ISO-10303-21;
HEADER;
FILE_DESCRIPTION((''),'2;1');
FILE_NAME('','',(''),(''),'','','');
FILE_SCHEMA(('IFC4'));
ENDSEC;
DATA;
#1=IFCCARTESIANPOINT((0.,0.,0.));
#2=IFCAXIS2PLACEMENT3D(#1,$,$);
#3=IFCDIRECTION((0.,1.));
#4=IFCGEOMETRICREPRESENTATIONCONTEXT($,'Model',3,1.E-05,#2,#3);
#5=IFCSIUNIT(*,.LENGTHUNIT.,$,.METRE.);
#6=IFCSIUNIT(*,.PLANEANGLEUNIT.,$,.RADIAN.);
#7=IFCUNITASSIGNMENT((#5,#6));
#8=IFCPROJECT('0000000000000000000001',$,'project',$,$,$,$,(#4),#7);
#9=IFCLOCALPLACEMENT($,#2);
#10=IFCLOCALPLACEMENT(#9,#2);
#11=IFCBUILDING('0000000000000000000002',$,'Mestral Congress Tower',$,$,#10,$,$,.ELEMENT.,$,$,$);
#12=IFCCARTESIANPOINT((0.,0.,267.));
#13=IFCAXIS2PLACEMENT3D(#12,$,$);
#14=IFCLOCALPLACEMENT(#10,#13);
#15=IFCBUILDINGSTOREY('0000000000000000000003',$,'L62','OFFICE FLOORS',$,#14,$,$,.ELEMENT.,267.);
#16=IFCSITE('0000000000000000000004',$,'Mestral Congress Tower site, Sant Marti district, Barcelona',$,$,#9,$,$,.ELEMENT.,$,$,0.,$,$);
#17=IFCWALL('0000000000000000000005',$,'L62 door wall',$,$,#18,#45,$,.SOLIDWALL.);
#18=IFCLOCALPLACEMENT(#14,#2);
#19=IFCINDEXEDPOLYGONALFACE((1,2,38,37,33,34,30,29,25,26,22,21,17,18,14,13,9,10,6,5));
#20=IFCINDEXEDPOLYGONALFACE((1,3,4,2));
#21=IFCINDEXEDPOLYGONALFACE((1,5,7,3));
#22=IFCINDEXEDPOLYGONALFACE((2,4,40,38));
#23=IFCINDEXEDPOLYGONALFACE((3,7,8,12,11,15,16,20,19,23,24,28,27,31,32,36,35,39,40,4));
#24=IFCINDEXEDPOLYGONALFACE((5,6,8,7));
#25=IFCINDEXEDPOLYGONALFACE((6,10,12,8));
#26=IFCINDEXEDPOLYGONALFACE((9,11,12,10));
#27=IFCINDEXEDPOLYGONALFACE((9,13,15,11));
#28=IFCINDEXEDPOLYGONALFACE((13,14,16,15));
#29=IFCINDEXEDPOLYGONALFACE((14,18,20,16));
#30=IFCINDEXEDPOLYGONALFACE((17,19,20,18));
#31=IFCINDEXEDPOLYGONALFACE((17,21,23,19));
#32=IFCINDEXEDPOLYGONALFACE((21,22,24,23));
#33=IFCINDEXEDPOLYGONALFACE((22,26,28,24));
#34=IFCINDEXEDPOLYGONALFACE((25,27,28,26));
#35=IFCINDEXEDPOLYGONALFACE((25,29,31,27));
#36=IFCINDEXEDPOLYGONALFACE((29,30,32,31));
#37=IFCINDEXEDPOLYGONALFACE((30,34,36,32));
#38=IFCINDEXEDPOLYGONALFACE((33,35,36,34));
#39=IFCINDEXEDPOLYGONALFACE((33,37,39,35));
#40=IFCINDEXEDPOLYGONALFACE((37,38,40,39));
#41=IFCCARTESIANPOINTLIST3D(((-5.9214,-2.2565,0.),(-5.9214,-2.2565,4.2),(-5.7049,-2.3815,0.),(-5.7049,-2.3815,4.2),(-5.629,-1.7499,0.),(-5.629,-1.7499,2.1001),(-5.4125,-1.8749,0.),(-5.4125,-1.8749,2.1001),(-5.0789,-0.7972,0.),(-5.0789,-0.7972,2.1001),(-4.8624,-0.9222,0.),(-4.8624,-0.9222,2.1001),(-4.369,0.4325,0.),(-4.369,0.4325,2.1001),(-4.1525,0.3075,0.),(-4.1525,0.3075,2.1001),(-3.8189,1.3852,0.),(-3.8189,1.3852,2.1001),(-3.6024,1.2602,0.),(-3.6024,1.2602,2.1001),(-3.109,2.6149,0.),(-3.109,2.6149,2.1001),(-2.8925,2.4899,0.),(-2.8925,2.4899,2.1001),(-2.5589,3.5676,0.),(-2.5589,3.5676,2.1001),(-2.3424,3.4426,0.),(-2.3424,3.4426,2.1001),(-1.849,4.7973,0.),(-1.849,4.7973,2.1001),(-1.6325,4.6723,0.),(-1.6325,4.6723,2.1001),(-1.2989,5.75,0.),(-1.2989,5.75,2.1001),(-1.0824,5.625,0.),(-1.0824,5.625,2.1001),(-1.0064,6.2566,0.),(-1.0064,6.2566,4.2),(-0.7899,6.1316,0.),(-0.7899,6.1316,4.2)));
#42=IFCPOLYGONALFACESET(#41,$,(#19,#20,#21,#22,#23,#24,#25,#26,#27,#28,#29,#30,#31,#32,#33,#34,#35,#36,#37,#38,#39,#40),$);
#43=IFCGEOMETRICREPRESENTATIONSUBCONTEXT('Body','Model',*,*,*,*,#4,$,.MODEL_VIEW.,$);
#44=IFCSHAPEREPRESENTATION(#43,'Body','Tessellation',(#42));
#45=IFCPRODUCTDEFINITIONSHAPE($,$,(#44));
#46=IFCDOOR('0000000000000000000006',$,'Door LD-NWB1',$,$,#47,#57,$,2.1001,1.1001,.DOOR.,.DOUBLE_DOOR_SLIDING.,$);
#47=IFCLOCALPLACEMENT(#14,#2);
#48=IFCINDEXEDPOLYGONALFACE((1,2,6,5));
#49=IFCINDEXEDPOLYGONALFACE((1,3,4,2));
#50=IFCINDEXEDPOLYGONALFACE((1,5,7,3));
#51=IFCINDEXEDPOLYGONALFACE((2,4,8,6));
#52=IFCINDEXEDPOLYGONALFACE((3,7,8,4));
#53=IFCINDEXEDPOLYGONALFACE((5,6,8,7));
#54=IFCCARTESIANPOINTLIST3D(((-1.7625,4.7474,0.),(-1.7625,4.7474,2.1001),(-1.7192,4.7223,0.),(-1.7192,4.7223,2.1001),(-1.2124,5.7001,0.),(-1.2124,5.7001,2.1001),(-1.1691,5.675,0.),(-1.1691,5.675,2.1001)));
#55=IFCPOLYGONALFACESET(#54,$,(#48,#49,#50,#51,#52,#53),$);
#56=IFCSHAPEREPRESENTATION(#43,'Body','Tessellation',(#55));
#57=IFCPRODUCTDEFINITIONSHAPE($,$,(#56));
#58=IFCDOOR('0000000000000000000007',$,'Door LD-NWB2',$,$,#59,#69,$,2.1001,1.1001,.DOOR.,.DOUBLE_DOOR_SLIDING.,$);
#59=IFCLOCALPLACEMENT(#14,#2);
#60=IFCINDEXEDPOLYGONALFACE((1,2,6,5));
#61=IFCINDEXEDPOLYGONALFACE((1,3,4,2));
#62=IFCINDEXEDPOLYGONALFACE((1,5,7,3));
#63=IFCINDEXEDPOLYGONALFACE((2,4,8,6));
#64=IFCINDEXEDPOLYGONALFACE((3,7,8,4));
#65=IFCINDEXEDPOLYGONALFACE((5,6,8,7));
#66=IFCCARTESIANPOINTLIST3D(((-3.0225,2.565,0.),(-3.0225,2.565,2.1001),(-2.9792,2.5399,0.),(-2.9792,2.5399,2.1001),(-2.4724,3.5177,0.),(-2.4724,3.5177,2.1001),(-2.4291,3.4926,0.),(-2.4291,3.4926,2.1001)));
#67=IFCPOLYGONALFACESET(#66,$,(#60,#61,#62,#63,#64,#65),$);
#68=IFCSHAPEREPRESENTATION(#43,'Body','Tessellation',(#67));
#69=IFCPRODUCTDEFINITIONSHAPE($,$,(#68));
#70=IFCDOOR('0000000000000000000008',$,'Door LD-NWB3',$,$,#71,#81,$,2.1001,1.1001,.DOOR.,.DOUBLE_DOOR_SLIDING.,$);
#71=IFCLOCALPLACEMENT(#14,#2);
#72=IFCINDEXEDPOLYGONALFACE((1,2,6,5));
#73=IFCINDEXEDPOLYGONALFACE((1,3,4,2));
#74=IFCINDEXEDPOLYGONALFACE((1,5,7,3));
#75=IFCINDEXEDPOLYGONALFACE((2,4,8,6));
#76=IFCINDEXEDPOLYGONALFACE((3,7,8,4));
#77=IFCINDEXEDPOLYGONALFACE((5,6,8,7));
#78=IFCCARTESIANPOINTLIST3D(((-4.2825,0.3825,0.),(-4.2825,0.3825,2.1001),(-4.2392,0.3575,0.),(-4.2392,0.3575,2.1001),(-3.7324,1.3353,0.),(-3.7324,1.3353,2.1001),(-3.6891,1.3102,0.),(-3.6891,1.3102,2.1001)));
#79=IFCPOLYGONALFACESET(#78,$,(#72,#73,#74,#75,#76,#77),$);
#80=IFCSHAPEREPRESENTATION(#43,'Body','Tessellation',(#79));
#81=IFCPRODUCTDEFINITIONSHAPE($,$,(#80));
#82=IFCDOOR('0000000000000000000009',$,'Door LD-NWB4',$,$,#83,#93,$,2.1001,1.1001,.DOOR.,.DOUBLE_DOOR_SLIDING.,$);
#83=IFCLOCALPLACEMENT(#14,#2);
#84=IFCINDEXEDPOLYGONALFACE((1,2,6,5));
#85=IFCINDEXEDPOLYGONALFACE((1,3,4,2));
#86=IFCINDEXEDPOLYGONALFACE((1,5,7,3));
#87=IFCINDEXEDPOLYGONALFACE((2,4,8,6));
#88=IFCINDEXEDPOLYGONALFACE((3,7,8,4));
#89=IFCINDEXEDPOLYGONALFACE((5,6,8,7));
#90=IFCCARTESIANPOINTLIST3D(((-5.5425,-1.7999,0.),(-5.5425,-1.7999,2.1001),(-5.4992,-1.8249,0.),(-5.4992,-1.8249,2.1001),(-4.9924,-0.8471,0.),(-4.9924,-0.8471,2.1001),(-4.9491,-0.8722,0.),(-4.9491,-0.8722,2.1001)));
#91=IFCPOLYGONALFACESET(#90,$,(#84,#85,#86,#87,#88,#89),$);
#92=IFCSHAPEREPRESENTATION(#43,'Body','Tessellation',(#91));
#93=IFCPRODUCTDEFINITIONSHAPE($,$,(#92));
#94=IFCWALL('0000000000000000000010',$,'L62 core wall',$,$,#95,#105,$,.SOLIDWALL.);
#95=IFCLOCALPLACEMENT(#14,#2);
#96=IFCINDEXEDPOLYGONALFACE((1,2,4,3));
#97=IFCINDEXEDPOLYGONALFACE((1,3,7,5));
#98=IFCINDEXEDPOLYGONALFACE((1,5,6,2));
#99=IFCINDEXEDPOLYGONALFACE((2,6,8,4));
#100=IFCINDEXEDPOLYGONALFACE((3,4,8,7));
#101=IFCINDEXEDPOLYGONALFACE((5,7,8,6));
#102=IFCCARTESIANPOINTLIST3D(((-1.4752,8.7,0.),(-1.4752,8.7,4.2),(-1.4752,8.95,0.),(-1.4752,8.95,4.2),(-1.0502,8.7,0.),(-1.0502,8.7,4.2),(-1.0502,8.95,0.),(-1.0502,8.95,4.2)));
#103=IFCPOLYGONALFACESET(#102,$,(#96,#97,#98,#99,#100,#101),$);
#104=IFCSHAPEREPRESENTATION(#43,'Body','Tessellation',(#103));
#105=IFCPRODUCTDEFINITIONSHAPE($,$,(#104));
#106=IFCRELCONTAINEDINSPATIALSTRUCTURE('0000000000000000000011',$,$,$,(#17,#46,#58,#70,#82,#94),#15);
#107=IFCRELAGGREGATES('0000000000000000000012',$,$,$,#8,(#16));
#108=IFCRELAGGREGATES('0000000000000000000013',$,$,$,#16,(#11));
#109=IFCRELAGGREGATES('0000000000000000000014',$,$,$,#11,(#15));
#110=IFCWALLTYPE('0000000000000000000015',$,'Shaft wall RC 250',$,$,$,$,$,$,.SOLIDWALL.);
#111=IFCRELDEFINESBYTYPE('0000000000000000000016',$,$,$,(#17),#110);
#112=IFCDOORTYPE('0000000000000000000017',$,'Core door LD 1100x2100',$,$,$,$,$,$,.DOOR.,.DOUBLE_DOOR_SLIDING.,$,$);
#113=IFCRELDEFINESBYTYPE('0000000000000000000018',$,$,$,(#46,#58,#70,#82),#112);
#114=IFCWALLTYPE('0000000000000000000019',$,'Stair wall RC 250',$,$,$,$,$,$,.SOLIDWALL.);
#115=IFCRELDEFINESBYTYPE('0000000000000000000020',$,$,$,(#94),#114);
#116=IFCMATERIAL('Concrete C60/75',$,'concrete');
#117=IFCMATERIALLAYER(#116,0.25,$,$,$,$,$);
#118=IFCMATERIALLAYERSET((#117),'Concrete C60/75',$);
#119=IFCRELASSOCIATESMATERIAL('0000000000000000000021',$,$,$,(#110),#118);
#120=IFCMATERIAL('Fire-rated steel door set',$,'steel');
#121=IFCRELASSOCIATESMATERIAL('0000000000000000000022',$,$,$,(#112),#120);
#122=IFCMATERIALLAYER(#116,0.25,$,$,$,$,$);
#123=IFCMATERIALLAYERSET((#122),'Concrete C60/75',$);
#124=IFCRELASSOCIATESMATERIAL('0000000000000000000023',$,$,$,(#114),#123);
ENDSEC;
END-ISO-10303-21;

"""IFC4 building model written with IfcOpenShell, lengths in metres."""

from ifc_helpers import new_model, si_unit, direction, frame, frame_2d, origin, place, context, subcontext, project, spatial, rectangle, extrude, material, layer, layer_set, type_object, element, fill, save


model = new_model("IFC4")

# Units and contexts
model_context = context("Model", 3, precision=1e-05, world=origin(), true_north=direction((0.0, 1.0)))
body_context = subcontext(model_context, "Body", "Model", "MODEL_VIEW")
ifc_project = project(units=[si_unit("LENGTHUNIT", "METRE"), si_unit("PLANEANGLEUNIT", "RADIAN")], contexts=[model_context])

# Site, building, storey
site_placement = place(None, origin())
site = spatial("IfcSite", under=ifc_project, at=site_placement, Name="Mestral Congress Tower site, Sant Marti district, Barcelona", CompositionType="ELEMENT", RefElevation=0.0)
building_placement = place(site_placement, origin())
building = spatial("IfcBuilding", under=site, at=building_placement, Name="Mestral Congress Tower", CompositionType="ELEMENT")
storey_placement = place(building_placement, frame((0.0, 0.0, 267.0)))
storey = spatial("IfcBuildingStorey", under=building, at=storey_placement, Name="L62", Description="OFFICE FLOORS", CompositionType="ELEMENT", Elevation=267.0)

# Shared definitions
ifc_material_1 = material(Name="Concrete C60/75", Category="concrete")

# Shared definitions
ifc_material_2 = material(Name="Fire-rated steel door set", Category="steel")

# Shared definitions
ifc_layer_1 = layer(ifc_material_1, 0.25)
ifc_layer_set_1 = layer_set([ifc_layer_1], Name="Concrete C60/75")
wall_type_1 = type_object("IfcWallType", Name="Shaft wall RC 250", PredefinedType="SOLIDWALL", material=ifc_layer_set_1)

# Wall, openings, doors
wall_1_placement = place(storey_placement, frame((-0.8982, 6.1941, 0.0), z_axis=(0.0, 0.0, 1.0), x_axis=(-0.499996, -0.866028, 0.0)))
wall_1 = element("IfcWall", 1, at=wall_1_placement, inside=storey, type_object=wall_type_1, Name="L62 door wall", PredefinedType="SOLIDWALL", context=body_context, shape_type="SweptSolid", body=[
    extrude(rectangle(XDim=9.8301, YDim=0.25, at=frame_2d((4.915, 0.0))), origin(), (0.0, 0.0, 1.0), 4.2),
])
opening_1_placement = place(wall_1_placement, frame((0.585, 0.0, 0.0)))
opening_1 = element("IfcOpeningElement", 2, at=opening_1_placement, cuts=wall_1, PredefinedType="OPENING", context=body_context, shape_type="SweptSolid", body=[
    extrude(rectangle(XDim=1.1001, YDim=2.1001, at=frame_2d((0.55, 1.05))), frame((0.0, 0.135, 0.0), z_axis=(0.0, -1.0, 0.0), x_axis=(1.0, 0.0, 0.0)), (0.0, 0.0, 1.0), 0.27),
])
opening_2_placement = place(wall_1_placement, frame((3.105, 0.0, 0.0)))
opening_2 = element("IfcOpeningElement", 3, at=opening_2_placement, cuts=wall_1, PredefinedType="OPENING", context=body_context, shape_type="SweptSolid", body=[
    extrude(rectangle(XDim=1.1001, YDim=2.1001, at=frame_2d((0.55, 1.05))), frame((0.0, 0.135, 0.0), z_axis=(0.0, -1.0, 0.0), x_axis=(1.0, 0.0, 0.0)), (0.0, 0.0, 1.0), 0.27),
])
opening_3_placement = place(wall_1_placement, frame((5.625, 0.0, 0.0)))
opening_3 = element("IfcOpeningElement", 4, at=opening_3_placement, cuts=wall_1, PredefinedType="OPENING", context=body_context, shape_type="SweptSolid", body=[
    extrude(rectangle(XDim=1.1001, YDim=2.1001, at=frame_2d((0.55, 1.05))), frame((0.0, 0.135, 0.0), z_axis=(0.0, -1.0, 0.0), x_axis=(1.0, 0.0, 0.0)), (0.0, 0.0, 1.0), 0.27),
])
opening_4_placement = place(wall_1_placement, frame((8.145, 0.0, 0.0)))
opening_4 = element("IfcOpeningElement", 5, at=opening_4_placement, cuts=wall_1, PredefinedType="OPENING", context=body_context, shape_type="SweptSolid", body=[
    extrude(rectangle(XDim=1.1001, YDim=2.1001, at=frame_2d((0.55, 1.05))), frame((0.0, 0.135, 0.0), z_axis=(0.0, -1.0, 0.0), x_axis=(1.0, 0.0, 0.0)), (0.0, 0.0, 1.0), 0.27),
])
door_type_1 = type_object("IfcDoorType", Name="Core door LD 1100x2100", OperationType="DOUBLE_DOOR_SLIDING", PredefinedType="DOOR", material=ifc_material_2)
door_1_placement = place(opening_1_placement, origin())
door_1 = element("IfcDoor", 6, at=door_1_placement, inside=storey, type_object=door_type_1, Name="Door LD-NWB1", OperationType="DOUBLE_DOOR_SLIDING", OverallHeight=2.1001, OverallWidth=1.1001, PredefinedType="DOOR", context=body_context, shape_type="SweptSolid", body=[
    extrude(rectangle(XDim=1.1001, YDim=2.1001, at=frame_2d((0.55, 1.05))), frame((0.0, 0.0249, 0.0), z_axis=(0.0, -1.0, 0.0), x_axis=(1.0, 0.0, 0.0)), (0.0, 0.0, 1.0), 0.05),
])
fill(opening_1, door_1)
door_2_placement = place(opening_2_placement, origin())
door_2 = element("IfcDoor", 7, at=door_2_placement, inside=storey, type_object=door_type_1, Name="Door LD-NWB2", OperationType="DOUBLE_DOOR_SLIDING", OverallHeight=2.1001, OverallWidth=1.1001, PredefinedType="DOOR", context=body_context, shape_type="SweptSolid", body=[
    extrude(rectangle(XDim=1.1001, YDim=2.1001, at=frame_2d((0.55, 1.05))), frame((0.0, 0.0249, 0.0), z_axis=(0.0, -1.0, 0.0), x_axis=(1.0, 0.0, 0.0)), (0.0, 0.0, 1.0), 0.05),
])
fill(opening_2, door_2)
door_3_placement = place(opening_3_placement, origin())
door_3 = element("IfcDoor", 8, at=door_3_placement, inside=storey, type_object=door_type_1, Name="Door LD-NWB3", OperationType="DOUBLE_DOOR_SLIDING", OverallHeight=2.1001, OverallWidth=1.1001, PredefinedType="DOOR", context=body_context, shape_type="SweptSolid", body=[
    extrude(rectangle(XDim=1.1001, YDim=2.1001, at=frame_2d((0.55, 1.05))), frame((0.0, 0.0249, 0.0), z_axis=(0.0, -1.0, 0.0), x_axis=(1.0, 0.0, 0.0)), (0.0, 0.0, 1.0), 0.05),
])
fill(opening_3, door_3)
door_4_placement = place(opening_4_placement, origin())
door_4 = element("IfcDoor", 9, at=door_4_placement, inside=storey, type_object=door_type_1, Name="Door LD-NWB4", OperationType="DOUBLE_DOOR_SLIDING", OverallHeight=2.1001, OverallWidth=1.1001, PredefinedType="DOOR", context=body_context, shape_type="SweptSolid", body=[
    extrude(rectangle(XDim=1.1001, YDim=2.1001, at=frame_2d((0.55, 1.05))), frame((0.0, 0.0249, 0.0), z_axis=(0.0, -1.0, 0.0), x_axis=(1.0, 0.0, 0.0)), (0.0, 0.0, 1.0), 0.05),
])
fill(opening_4, door_4)

# Wall
ifc_layer_2 = layer(ifc_material_1, 0.25)
ifc_layer_set_2 = layer_set([ifc_layer_2], Name="Concrete C60/75")
wall_type_2 = type_object("IfcWallType", Name="Stair wall RC 250", PredefinedType="SOLIDWALL", material=ifc_layer_set_2)
wall_2_placement = place(storey_placement, frame((-1.4751, 8.825, 0.0), z_axis=(0.0, 0.0, 1.0), x_axis=(1.0, 0.0, 0.0)))
element("IfcWall", 10, at=wall_2_placement, inside=storey, type_object=wall_type_2, Name="L62 core wall", PredefinedType="SOLIDWALL", context=body_context, shape_type="SweptSolid", body=[
    extrude(rectangle(XDim=0.425, YDim=0.25, at=frame_2d((0.2124, 0.0))), origin(), (0.0, 0.0, 1.0), 4.2),
])

save(model, "model.ifc")
